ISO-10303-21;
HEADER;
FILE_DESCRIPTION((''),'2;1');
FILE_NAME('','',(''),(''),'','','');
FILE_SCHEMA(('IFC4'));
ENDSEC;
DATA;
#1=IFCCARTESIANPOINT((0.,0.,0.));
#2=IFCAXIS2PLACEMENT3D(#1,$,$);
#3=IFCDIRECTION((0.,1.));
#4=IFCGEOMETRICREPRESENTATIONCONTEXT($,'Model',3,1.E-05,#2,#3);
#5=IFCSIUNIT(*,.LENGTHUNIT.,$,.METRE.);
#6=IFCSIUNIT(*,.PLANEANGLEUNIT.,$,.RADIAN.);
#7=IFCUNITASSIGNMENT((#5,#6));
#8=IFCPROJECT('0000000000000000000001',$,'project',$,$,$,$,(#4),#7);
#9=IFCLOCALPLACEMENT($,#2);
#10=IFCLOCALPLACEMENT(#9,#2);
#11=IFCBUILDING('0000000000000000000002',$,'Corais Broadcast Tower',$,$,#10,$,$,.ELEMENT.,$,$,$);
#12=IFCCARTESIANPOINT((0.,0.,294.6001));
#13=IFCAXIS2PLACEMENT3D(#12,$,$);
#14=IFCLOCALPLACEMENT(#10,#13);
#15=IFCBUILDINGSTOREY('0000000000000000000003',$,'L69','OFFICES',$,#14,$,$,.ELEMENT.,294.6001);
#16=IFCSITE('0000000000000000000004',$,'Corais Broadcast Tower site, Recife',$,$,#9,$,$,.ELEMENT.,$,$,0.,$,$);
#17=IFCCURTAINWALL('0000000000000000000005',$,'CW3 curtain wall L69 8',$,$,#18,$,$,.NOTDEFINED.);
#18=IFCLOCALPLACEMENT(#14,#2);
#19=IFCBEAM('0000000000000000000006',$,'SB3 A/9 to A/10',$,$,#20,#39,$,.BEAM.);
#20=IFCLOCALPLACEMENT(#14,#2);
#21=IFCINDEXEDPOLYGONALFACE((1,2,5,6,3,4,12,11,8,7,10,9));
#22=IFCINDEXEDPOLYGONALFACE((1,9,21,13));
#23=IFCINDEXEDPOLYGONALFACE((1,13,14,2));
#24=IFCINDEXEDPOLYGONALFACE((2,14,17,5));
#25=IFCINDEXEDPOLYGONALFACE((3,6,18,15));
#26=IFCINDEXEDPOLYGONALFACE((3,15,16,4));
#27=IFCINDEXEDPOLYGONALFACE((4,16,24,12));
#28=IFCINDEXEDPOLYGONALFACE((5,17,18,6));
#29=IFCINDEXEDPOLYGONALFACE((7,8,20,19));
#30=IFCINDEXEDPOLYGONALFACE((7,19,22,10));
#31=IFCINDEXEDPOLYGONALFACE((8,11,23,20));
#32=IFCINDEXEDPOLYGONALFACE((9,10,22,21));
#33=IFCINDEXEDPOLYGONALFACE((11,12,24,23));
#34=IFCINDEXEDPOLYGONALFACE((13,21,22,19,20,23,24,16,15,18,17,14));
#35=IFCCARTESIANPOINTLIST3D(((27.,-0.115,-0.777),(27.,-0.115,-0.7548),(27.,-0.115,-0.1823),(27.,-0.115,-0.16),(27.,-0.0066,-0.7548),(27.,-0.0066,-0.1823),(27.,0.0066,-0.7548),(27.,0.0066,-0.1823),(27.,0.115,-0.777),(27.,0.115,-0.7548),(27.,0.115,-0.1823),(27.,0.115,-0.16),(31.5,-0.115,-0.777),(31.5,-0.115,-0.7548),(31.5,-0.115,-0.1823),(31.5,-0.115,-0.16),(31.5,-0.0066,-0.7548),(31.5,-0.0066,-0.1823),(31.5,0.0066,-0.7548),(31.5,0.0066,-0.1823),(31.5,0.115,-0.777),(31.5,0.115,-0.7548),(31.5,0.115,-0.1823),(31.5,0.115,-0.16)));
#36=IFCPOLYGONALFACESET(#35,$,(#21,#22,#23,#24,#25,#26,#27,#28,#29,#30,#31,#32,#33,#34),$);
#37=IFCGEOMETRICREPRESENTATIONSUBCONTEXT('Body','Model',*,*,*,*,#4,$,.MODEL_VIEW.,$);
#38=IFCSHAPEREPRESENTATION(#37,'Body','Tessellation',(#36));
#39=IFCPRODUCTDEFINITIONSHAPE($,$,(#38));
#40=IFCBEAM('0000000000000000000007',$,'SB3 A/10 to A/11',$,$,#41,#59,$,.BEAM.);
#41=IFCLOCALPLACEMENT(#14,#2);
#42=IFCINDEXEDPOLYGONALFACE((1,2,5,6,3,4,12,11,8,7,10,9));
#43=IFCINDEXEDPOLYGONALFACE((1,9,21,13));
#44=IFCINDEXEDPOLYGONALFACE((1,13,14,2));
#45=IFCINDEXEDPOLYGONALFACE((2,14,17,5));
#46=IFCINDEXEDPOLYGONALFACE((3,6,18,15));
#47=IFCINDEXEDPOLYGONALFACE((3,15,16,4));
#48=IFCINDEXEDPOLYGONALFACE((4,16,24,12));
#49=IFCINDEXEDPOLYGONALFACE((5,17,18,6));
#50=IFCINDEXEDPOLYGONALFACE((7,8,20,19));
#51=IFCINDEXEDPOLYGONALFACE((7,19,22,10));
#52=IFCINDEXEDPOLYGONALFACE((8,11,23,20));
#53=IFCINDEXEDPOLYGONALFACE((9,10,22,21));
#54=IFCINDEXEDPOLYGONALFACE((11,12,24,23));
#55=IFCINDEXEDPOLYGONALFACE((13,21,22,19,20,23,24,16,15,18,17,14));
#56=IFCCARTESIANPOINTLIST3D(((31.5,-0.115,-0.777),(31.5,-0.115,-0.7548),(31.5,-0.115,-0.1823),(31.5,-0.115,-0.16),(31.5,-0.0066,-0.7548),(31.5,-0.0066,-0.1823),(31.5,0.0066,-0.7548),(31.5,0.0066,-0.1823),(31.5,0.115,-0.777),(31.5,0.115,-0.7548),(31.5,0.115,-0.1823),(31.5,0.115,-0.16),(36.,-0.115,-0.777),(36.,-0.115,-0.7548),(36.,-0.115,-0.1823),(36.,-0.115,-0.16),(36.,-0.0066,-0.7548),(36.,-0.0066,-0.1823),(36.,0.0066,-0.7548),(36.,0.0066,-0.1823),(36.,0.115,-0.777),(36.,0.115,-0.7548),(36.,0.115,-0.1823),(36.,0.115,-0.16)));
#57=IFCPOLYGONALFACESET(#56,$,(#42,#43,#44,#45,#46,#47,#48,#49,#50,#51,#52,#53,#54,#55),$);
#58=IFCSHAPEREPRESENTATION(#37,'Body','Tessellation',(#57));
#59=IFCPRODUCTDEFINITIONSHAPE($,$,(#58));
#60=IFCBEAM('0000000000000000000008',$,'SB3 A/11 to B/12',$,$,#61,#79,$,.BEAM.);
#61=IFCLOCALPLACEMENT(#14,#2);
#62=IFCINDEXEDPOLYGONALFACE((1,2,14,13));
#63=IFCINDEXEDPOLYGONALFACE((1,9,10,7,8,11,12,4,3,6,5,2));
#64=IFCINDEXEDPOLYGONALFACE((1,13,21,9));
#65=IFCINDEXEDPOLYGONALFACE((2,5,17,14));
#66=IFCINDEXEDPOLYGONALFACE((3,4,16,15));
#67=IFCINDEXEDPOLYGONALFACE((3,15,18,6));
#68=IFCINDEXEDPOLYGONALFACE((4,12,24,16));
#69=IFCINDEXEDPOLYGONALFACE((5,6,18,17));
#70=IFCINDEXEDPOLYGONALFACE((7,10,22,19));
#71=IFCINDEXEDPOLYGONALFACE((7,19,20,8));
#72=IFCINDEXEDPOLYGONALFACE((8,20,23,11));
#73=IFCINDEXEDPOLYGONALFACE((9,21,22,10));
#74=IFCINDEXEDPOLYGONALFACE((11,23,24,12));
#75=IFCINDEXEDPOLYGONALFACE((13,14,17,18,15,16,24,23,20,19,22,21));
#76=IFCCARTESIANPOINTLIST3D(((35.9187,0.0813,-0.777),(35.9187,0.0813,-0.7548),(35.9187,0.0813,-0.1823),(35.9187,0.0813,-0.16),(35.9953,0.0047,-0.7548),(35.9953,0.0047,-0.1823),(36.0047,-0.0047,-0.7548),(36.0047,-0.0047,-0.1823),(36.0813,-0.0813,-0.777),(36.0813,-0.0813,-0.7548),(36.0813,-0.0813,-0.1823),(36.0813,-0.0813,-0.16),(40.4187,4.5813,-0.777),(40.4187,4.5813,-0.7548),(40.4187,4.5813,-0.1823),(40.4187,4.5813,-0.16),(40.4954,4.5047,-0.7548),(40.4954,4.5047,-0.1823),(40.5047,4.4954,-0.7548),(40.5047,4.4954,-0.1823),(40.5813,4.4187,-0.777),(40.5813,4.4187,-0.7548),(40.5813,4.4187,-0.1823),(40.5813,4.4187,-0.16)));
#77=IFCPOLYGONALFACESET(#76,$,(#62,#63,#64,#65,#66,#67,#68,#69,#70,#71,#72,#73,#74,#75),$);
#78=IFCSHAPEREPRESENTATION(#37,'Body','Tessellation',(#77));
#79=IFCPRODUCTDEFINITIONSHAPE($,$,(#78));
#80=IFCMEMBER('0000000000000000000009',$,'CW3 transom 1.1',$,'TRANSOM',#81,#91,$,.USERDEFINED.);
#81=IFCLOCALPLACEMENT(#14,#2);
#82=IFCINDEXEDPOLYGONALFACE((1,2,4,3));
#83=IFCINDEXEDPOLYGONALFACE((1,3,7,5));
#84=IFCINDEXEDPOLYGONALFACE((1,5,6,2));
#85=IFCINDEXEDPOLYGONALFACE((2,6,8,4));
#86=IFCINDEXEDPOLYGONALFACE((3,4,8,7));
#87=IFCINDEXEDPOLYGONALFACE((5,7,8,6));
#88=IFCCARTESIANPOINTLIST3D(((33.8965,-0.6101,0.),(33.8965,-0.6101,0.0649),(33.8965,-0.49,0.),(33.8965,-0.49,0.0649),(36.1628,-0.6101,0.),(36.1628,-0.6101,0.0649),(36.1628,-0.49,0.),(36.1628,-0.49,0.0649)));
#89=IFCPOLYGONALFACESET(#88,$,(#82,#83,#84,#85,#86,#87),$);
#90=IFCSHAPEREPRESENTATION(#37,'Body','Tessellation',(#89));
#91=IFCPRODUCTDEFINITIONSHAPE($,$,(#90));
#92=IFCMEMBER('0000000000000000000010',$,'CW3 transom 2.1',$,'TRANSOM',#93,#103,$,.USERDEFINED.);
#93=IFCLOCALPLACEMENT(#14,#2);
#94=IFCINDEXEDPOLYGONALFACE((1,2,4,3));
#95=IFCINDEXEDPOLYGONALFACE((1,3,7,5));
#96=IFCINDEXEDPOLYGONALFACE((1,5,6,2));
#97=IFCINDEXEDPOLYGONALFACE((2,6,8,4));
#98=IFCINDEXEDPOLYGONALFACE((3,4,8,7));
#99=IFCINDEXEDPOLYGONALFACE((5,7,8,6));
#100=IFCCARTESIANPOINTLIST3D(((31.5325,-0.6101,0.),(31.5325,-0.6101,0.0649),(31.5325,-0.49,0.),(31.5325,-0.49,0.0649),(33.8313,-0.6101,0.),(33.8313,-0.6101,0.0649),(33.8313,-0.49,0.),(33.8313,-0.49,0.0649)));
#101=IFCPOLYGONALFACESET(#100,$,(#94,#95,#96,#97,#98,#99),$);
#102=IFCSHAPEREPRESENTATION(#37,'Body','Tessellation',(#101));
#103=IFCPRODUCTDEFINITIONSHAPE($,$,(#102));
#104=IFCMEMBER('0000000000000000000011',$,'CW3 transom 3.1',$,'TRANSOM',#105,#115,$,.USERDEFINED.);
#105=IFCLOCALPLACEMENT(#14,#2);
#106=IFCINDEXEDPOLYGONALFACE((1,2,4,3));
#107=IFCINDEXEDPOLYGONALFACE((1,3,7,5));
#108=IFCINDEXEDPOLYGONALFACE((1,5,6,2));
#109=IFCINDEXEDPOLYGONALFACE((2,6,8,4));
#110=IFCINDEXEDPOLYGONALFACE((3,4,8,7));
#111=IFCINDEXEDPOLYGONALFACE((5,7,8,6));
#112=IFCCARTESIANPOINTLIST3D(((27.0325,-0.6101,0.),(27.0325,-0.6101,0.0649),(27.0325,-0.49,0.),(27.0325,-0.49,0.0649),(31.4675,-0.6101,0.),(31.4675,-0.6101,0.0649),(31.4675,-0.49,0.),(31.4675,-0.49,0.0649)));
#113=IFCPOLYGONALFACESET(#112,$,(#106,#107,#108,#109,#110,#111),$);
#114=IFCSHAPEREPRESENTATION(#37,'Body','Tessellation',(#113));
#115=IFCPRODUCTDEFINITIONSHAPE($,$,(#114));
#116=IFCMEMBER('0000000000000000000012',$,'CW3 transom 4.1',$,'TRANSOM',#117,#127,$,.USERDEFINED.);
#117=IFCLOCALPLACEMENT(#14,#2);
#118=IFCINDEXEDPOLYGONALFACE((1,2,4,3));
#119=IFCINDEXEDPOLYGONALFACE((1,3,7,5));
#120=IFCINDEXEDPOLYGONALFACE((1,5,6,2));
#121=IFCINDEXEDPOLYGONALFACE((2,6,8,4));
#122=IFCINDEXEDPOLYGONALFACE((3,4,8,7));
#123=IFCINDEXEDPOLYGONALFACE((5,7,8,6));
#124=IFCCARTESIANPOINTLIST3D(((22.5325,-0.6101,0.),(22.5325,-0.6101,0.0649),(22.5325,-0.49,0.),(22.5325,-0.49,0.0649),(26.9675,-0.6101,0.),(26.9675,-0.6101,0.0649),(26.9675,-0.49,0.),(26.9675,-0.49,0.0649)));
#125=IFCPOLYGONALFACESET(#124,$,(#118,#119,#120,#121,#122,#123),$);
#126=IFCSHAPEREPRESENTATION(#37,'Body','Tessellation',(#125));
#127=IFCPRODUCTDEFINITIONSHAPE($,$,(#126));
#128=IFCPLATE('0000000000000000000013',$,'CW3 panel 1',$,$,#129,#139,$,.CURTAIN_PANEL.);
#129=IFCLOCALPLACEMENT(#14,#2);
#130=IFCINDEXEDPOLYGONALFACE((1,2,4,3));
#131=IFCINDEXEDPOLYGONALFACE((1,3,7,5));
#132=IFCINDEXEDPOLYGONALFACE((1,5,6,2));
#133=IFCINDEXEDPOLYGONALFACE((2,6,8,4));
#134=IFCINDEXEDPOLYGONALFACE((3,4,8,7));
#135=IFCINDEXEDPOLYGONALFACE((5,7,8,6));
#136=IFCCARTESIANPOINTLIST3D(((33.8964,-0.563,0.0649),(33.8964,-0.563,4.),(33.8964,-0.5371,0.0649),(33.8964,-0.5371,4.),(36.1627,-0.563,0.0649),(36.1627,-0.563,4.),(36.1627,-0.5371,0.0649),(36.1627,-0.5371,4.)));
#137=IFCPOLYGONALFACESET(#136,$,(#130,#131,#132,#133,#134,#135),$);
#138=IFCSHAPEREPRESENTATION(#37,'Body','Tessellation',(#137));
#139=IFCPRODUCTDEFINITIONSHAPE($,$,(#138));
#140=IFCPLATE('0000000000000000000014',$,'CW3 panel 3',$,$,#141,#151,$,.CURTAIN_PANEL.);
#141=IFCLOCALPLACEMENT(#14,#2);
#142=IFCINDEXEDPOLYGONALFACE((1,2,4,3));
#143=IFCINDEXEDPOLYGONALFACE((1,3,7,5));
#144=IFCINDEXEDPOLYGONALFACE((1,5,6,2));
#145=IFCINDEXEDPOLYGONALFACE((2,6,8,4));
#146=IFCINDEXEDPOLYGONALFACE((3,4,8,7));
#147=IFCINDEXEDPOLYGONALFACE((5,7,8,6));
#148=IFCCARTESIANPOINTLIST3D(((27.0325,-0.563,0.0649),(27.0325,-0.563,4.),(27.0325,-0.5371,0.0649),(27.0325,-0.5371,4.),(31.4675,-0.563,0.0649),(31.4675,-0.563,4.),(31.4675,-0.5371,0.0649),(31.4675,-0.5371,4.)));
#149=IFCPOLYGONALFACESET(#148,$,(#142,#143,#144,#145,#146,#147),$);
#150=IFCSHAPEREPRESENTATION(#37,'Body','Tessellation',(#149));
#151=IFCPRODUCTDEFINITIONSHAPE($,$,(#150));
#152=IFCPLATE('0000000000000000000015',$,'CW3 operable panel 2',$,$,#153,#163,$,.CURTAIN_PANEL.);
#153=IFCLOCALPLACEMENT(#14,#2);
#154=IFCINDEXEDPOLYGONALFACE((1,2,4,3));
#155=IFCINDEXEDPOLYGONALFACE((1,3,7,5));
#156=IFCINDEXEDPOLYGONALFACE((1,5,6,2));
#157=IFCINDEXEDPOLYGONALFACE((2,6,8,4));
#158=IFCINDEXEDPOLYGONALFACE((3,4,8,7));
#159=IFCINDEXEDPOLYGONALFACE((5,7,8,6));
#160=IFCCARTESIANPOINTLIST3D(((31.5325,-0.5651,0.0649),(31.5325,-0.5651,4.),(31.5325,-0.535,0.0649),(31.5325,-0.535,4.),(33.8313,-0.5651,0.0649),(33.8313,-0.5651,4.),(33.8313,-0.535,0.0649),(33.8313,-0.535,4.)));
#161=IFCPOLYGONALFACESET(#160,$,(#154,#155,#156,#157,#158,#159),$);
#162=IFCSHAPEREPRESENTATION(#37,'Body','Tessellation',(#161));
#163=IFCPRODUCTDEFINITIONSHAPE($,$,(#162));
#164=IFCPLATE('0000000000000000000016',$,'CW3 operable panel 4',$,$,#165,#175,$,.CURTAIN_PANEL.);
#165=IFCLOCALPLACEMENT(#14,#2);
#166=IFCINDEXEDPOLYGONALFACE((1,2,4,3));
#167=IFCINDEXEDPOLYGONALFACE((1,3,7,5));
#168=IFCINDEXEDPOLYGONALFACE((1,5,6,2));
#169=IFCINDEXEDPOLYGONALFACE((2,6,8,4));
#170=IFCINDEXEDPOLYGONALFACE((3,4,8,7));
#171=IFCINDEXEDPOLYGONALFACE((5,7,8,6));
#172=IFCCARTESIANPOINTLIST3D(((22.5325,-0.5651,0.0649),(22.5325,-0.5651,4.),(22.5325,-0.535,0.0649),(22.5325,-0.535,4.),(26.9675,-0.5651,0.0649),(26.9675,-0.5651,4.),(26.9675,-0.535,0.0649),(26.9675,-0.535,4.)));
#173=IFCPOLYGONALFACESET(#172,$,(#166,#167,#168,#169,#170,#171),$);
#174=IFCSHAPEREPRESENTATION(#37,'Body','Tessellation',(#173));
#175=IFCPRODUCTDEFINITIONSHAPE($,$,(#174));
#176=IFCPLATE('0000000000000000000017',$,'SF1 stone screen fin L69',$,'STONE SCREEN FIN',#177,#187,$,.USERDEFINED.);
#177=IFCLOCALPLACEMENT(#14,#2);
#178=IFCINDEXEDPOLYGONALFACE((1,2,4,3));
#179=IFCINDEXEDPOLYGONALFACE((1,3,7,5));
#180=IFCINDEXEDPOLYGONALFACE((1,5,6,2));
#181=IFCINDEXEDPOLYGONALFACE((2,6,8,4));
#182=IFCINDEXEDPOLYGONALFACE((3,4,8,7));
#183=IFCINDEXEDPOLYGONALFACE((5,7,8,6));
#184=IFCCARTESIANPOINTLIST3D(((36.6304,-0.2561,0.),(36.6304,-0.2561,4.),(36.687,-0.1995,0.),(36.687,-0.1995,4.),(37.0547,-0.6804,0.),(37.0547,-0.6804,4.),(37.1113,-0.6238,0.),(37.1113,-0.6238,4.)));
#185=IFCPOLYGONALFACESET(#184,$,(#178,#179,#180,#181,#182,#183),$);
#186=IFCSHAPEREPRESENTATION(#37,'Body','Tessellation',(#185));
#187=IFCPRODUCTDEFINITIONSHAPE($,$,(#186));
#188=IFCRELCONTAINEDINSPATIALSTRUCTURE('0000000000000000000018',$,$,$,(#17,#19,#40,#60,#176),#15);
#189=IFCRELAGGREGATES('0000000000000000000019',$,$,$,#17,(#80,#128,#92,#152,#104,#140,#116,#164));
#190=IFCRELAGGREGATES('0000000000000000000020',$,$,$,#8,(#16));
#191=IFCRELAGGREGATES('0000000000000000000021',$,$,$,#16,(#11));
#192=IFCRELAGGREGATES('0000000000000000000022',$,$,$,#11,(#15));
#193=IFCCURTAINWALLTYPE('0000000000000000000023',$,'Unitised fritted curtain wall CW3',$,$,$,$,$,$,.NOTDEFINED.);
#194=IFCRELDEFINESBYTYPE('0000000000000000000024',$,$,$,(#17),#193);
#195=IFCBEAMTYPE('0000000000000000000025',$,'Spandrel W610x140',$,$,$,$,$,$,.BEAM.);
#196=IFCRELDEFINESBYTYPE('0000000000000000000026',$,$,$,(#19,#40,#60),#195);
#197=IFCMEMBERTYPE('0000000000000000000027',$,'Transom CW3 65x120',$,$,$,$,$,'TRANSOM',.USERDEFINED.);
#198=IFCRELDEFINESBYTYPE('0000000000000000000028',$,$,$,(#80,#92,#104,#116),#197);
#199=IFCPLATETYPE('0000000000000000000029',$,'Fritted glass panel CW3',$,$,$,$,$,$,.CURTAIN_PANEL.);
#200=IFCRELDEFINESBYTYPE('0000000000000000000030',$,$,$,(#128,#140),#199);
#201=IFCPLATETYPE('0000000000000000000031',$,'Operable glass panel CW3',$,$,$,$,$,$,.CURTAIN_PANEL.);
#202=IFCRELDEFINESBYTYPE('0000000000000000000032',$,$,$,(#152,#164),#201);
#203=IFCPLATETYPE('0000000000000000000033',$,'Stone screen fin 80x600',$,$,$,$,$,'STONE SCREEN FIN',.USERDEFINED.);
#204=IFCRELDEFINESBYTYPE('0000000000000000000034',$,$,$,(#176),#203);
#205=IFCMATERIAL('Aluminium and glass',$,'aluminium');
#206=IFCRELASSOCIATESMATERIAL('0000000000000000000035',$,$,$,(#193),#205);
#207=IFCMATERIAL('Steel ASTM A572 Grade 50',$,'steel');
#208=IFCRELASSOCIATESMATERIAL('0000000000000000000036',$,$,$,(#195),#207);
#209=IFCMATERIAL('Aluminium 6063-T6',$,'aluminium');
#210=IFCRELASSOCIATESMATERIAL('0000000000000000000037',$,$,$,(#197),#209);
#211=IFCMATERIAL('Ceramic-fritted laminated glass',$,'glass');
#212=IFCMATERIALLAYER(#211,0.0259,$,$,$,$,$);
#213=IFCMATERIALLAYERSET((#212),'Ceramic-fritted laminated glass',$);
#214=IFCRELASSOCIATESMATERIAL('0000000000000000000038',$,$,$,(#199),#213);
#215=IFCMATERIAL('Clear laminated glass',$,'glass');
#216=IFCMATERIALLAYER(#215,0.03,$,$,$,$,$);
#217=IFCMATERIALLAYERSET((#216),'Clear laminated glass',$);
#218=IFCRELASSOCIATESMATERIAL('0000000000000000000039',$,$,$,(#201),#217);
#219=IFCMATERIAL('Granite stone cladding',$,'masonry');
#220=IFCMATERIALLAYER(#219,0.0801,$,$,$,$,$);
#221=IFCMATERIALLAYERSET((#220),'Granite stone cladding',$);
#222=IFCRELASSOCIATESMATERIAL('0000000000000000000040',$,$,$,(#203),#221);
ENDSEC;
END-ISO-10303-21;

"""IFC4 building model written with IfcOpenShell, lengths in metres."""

from ifc_helpers import new_model, si_unit, direction, frame, origin, origin_2d, place, context, subcontext, project, spatial, rectangle, i_section, extrude, material, layer, layer_set, material_profile, profile_set, type_object, element, aggregate, save


model = new_model("IFC4")

# Units and contexts
model_context = context("Model", 3, precision=1e-05, world=origin(), true_north=direction((0.0, 1.0)))
body_context = subcontext(model_context, "Body", "Model", "MODEL_VIEW")
ifc_project = project(units=[si_unit("LENGTHUNIT", "METRE"), si_unit("PLANEANGLEUNIT", "RADIAN")], contexts=[model_context])

# Site, building, storey
site_placement = place(None, origin())
site = spatial("IfcSite", under=ifc_project, at=site_placement, Name="Corais Broadcast Tower site, Recife", CompositionType="ELEMENT", RefElevation=0.0)
building_placement = place(site_placement, origin())
building = spatial("IfcBuilding", under=site, at=building_placement, Name="Corais Broadcast Tower", CompositionType="ELEMENT")
storey_placement = place(building_placement, frame((0.0, 0.0, 294.6001)))
storey = spatial("IfcBuildingStorey", under=building, at=storey_placement, Name="L69", Description="OFFICES", CompositionType="ELEMENT", Elevation=294.6001)

# Shared definitions
ifc_material_1 = material(Name="Aluminium and glass", Category="aluminium")
curtain_wall_type = type_object("IfcCurtainWallType", Name="Unitised fritted curtain wall CW3", PredefinedType="NOTDEFINED", material=ifc_material_1)

# Curtain wall
curtain_wall_1_placement = place(storey_placement, origin())
curtain_wall_1 = element("IfcCurtainWall", 1, at=curtain_wall_1_placement, inside=storey, type_object=curtain_wall_type, Name="CW3 curtain wall L69 8", PredefinedType="NOTDEFINED")

# Beams
ifc_material_2 = material(Name="Steel ASTM A572 Grade 50", Category="steel")
ifc_material_profile_1 = material_profile(ifc_material_2, i_section(OverallWidth=0.23, OverallDepth=0.6169, WebThickness=0.0132, FlangeThickness=0.0222, at=origin_2d()), Name="W610x140")
ifc_profile_set_1 = profile_set([ifc_material_profile_1], Name="Steel ASTM A572 Grade 50")
beam_type_1 = type_object("IfcBeamType", Name="Spandrel W610x140", PredefinedType="BEAM", material=ifc_profile_set_1)
for number, where, z_axis, x_axis, name in (
    (2, (27.0, 0.0, -0.4685), (1.0, 0.0, 0.0), (0.0, 1.0, 0.0), "SB3 A/9 to A/10"),
    (3, (31.5, 0.0, -0.4685), (1.0, 0.0, 0.0), (0.0, 1.0, 0.0), "SB3 A/10 to A/11"),
):
    element("IfcBeam", number, at=place(storey_placement, frame(where, z_axis=z_axis, x_axis=x_axis)), inside=storey, type_object=beam_type_1, Name=name, PredefinedType="BEAM", context=body_context, shape_type="SweptSolid", body=[
        extrude(i_section(OverallWidth=0.23, OverallDepth=0.6169, WebThickness=0.0132, FlangeThickness=0.0222, at=origin_2d()), origin(), (0.0, 0.0, 1.0), 4.5),
    ])
beam_placement = place(storey_placement, frame((36.0, 0.0, -0.4685), z_axis=(0.707107, 0.707107, 0.0), x_axis=(-0.707107, 0.707107, 0.0)))
element("IfcBeam", 4, at=beam_placement, inside=storey, type_object=beam_type_1, Name="SB3 A/11 to B/12", PredefinedType="BEAM", context=body_context, shape_type="SweptSolid", body=[
    extrude(i_section(OverallWidth=0.23, OverallDepth=0.6169, WebThickness=0.0132, FlangeThickness=0.0222, at=origin_2d()), origin(), (0.0, 0.0, 1.0), 6.364),
])

# Members
ifc_material_3 = material(Name="Aluminium 6063-T6", Category="aluminium")
ifc_material_profile_2 = material_profile(ifc_material_3, rectangle(XDim=0.1201, YDim=0.0649, at=origin_2d()), Name="Transom CW3 65x120")
ifc_profile_set_2 = profile_set([ifc_material_profile_2], Name="Aluminium 6063-T6")
member_type_1 = type_object("IfcMemberType", Name="Transom CW3 65x120", ElementType="TRANSOM", PredefinedType="USERDEFINED", material=ifc_profile_set_2)
member_1_placement = place(storey_placement, frame((36.1628, -0.55, 0.0325), z_axis=(-1.0, 0.0, 0.0), x_axis=(0.0, -1.0, 0.0)))
member_1 = element("IfcMember", 5, at=member_1_placement, type_object=member_type_1, Name="CW3 transom 1.1", ObjectType="TRANSOM", PredefinedType="USERDEFINED", context=body_context, shape_type="SweptSolid", body=[
    extrude(rectangle(XDim=0.1201, YDim=0.0649, at=origin_2d()), origin(), (0.0, 0.0, 1.0), 2.2664),
])
member_2_placement = place(storey_placement, frame((33.8313, -0.55, 0.0325), z_axis=(-1.0, 0.0, 0.0), x_axis=(0.0, -1.0, 0.0)))
member_2 = element("IfcMember", 6, at=member_2_placement, type_object=member_type_1, Name="CW3 transom 2.1", ObjectType="TRANSOM", PredefinedType="USERDEFINED", context=body_context, shape_type="SweptSolid", body=[
    extrude(rectangle(XDim=0.1201, YDim=0.0649, at=origin_2d()), origin(), (0.0, 0.0, 1.0), 2.2988),
])
member_3_placement = place(storey_placement, frame((31.4675, -0.55, 0.0325), z_axis=(-1.0, 0.0, 0.0), x_axis=(0.0, -1.0, 0.0)))
member_3 = element("IfcMember", 7, at=member_3_placement, type_object=member_type_1, Name="CW3 transom 3.1", ObjectType="TRANSOM", PredefinedType="USERDEFINED", context=body_context, shape_type="SweptSolid", body=[
    extrude(rectangle(XDim=0.1201, YDim=0.0649, at=origin_2d()), origin(), (0.0, 0.0, 1.0), 4.4351),
])
member_4_placement = place(storey_placement, frame((26.9675, -0.55, 0.0325), z_axis=(-1.0, 0.0, 0.0), x_axis=(0.0, -1.0, 0.0)))
member_4 = element("IfcMember", 8, at=member_4_placement, type_object=member_type_1, Name="CW3 transom 4.1", ObjectType="TRANSOM", PredefinedType="USERDEFINED", context=body_context, shape_type="SweptSolid", body=[
    extrude(rectangle(XDim=0.1201, YDim=0.0649, at=origin_2d()), origin(), (0.0, 0.0, 1.0), 4.4351),
])

# Plates
ifc_material_4 = material(Name="Ceramic-fritted laminated glass", Category="glass")
ifc_layer_1 = layer(ifc_material_4, 0.0259)
ifc_layer_set_1 = layer_set([ifc_layer_1], Name="Ceramic-fritted laminated glass")
plate_type_1 = type_object("IfcPlateType", Name="Fritted glass panel CW3", PredefinedType="CURTAIN_PANEL", material=ifc_layer_set_1)
plate_1_placement = place(storey_placement, frame((35.0295, -0.55, 0.0649), z_axis=(0.0, 0.0, 1.0), x_axis=(-1.0, 0.0, 0.0)))
plate_1 = element("IfcPlate", 9, at=plate_1_placement, type_object=plate_type_1, Name="CW3 panel 1", PredefinedType="CURTAIN_PANEL", context=body_context, shape_type="SweptSolid", body=[
    extrude(rectangle(XDim=2.2664, YDim=0.0259, at=origin_2d()), origin(), (0.0, 0.0, 1.0), 3.9351),
])
plate_2_placement = place(storey_placement, frame((29.25, -0.55, 0.0649), z_axis=(0.0, 0.0, 1.0), x_axis=(-1.0, 0.0, 0.0)))
plate_2 = element("IfcPlate", 10, at=plate_2_placement, type_object=plate_type_1, Name="CW3 panel 3", PredefinedType="CURTAIN_PANEL", context=body_context, shape_type="SweptSolid", body=[
    extrude(rectangle(XDim=4.4351, YDim=0.0259, at=origin_2d()), origin(), (0.0, 0.0, 1.0), 3.9351),
])
ifc_material_5 = material(Name="Clear laminated glass", Category="glass")
ifc_layer_2 = layer(ifc_material_5, 0.03)
ifc_layer_set_2 = layer_set([ifc_layer_2], Name="Clear laminated glass")
plate_type_2 = type_object("IfcPlateType", Name="Operable glass panel CW3", PredefinedType="CURTAIN_PANEL", material=ifc_layer_set_2)
plate_3_placement = place(storey_placement, frame((32.6819, -0.55, 0.0649), z_axis=(0.0, 0.0, 1.0), x_axis=(-1.0, 0.0, 0.0)))
plate_3 = element("IfcPlate", 11, at=plate_3_placement, type_object=plate_type_2, Name="CW3 operable panel 2", PredefinedType="CURTAIN_PANEL", context=body_context, shape_type="SweptSolid", body=[
    extrude(rectangle(XDim=2.2988, YDim=0.03, at=origin_2d()), origin(), (0.0, 0.0, 1.0), 3.9351),
])
plate_4_placement = place(storey_placement, frame((24.75, -0.55, 0.0649), z_axis=(0.0, 0.0, 1.0), x_axis=(-1.0, 0.0, 0.0)))
plate_4 = element("IfcPlate", 12, at=plate_4_placement, type_object=plate_type_2, Name="CW3 operable panel 4", PredefinedType="CURTAIN_PANEL", context=body_context, shape_type="SweptSolid", body=[
    extrude(rectangle(XDim=4.4351, YDim=0.03, at=origin_2d()), origin(), (0.0, 0.0, 1.0), 3.9351),
])
aggregate(curtain_wall_1, [member_1, plate_1, member_2, plate_3, member_3, plate_2, member_4, plate_4])
ifc_material_6 = material(Name="Granite stone cladding", Category="masonry")
ifc_layer_3 = layer(ifc_material_6, 0.0801)
ifc_layer_set_3 = layer_set([ifc_layer_3], Name="Granite stone cladding")
plate_type_3 = type_object("IfcPlateType", Name="Stone screen fin 80x600", ElementType="STONE SCREEN FIN", PredefinedType="USERDEFINED", material=ifc_layer_set_3)
plate_5_placement = place(storey_placement, frame((36.8708, -0.4399, 0.0), z_axis=(0.0, 0.0, 1.0), x_axis=(-0.707107, -0.707107, 0.0)))
element("IfcPlate", 13, at=plate_5_placement, inside=storey, type_object=plate_type_3, Name="SF1 stone screen fin L69", ObjectType="STONE SCREEN FIN", PredefinedType="USERDEFINED", context=body_context, shape_type="SweptSolid", body=[
    extrude(rectangle(XDim=0.0801, YDim=0.6001, at=origin_2d()), origin(), (0.0, 0.0, 1.0), 4.0),
])

save(model, "model.ifc")
